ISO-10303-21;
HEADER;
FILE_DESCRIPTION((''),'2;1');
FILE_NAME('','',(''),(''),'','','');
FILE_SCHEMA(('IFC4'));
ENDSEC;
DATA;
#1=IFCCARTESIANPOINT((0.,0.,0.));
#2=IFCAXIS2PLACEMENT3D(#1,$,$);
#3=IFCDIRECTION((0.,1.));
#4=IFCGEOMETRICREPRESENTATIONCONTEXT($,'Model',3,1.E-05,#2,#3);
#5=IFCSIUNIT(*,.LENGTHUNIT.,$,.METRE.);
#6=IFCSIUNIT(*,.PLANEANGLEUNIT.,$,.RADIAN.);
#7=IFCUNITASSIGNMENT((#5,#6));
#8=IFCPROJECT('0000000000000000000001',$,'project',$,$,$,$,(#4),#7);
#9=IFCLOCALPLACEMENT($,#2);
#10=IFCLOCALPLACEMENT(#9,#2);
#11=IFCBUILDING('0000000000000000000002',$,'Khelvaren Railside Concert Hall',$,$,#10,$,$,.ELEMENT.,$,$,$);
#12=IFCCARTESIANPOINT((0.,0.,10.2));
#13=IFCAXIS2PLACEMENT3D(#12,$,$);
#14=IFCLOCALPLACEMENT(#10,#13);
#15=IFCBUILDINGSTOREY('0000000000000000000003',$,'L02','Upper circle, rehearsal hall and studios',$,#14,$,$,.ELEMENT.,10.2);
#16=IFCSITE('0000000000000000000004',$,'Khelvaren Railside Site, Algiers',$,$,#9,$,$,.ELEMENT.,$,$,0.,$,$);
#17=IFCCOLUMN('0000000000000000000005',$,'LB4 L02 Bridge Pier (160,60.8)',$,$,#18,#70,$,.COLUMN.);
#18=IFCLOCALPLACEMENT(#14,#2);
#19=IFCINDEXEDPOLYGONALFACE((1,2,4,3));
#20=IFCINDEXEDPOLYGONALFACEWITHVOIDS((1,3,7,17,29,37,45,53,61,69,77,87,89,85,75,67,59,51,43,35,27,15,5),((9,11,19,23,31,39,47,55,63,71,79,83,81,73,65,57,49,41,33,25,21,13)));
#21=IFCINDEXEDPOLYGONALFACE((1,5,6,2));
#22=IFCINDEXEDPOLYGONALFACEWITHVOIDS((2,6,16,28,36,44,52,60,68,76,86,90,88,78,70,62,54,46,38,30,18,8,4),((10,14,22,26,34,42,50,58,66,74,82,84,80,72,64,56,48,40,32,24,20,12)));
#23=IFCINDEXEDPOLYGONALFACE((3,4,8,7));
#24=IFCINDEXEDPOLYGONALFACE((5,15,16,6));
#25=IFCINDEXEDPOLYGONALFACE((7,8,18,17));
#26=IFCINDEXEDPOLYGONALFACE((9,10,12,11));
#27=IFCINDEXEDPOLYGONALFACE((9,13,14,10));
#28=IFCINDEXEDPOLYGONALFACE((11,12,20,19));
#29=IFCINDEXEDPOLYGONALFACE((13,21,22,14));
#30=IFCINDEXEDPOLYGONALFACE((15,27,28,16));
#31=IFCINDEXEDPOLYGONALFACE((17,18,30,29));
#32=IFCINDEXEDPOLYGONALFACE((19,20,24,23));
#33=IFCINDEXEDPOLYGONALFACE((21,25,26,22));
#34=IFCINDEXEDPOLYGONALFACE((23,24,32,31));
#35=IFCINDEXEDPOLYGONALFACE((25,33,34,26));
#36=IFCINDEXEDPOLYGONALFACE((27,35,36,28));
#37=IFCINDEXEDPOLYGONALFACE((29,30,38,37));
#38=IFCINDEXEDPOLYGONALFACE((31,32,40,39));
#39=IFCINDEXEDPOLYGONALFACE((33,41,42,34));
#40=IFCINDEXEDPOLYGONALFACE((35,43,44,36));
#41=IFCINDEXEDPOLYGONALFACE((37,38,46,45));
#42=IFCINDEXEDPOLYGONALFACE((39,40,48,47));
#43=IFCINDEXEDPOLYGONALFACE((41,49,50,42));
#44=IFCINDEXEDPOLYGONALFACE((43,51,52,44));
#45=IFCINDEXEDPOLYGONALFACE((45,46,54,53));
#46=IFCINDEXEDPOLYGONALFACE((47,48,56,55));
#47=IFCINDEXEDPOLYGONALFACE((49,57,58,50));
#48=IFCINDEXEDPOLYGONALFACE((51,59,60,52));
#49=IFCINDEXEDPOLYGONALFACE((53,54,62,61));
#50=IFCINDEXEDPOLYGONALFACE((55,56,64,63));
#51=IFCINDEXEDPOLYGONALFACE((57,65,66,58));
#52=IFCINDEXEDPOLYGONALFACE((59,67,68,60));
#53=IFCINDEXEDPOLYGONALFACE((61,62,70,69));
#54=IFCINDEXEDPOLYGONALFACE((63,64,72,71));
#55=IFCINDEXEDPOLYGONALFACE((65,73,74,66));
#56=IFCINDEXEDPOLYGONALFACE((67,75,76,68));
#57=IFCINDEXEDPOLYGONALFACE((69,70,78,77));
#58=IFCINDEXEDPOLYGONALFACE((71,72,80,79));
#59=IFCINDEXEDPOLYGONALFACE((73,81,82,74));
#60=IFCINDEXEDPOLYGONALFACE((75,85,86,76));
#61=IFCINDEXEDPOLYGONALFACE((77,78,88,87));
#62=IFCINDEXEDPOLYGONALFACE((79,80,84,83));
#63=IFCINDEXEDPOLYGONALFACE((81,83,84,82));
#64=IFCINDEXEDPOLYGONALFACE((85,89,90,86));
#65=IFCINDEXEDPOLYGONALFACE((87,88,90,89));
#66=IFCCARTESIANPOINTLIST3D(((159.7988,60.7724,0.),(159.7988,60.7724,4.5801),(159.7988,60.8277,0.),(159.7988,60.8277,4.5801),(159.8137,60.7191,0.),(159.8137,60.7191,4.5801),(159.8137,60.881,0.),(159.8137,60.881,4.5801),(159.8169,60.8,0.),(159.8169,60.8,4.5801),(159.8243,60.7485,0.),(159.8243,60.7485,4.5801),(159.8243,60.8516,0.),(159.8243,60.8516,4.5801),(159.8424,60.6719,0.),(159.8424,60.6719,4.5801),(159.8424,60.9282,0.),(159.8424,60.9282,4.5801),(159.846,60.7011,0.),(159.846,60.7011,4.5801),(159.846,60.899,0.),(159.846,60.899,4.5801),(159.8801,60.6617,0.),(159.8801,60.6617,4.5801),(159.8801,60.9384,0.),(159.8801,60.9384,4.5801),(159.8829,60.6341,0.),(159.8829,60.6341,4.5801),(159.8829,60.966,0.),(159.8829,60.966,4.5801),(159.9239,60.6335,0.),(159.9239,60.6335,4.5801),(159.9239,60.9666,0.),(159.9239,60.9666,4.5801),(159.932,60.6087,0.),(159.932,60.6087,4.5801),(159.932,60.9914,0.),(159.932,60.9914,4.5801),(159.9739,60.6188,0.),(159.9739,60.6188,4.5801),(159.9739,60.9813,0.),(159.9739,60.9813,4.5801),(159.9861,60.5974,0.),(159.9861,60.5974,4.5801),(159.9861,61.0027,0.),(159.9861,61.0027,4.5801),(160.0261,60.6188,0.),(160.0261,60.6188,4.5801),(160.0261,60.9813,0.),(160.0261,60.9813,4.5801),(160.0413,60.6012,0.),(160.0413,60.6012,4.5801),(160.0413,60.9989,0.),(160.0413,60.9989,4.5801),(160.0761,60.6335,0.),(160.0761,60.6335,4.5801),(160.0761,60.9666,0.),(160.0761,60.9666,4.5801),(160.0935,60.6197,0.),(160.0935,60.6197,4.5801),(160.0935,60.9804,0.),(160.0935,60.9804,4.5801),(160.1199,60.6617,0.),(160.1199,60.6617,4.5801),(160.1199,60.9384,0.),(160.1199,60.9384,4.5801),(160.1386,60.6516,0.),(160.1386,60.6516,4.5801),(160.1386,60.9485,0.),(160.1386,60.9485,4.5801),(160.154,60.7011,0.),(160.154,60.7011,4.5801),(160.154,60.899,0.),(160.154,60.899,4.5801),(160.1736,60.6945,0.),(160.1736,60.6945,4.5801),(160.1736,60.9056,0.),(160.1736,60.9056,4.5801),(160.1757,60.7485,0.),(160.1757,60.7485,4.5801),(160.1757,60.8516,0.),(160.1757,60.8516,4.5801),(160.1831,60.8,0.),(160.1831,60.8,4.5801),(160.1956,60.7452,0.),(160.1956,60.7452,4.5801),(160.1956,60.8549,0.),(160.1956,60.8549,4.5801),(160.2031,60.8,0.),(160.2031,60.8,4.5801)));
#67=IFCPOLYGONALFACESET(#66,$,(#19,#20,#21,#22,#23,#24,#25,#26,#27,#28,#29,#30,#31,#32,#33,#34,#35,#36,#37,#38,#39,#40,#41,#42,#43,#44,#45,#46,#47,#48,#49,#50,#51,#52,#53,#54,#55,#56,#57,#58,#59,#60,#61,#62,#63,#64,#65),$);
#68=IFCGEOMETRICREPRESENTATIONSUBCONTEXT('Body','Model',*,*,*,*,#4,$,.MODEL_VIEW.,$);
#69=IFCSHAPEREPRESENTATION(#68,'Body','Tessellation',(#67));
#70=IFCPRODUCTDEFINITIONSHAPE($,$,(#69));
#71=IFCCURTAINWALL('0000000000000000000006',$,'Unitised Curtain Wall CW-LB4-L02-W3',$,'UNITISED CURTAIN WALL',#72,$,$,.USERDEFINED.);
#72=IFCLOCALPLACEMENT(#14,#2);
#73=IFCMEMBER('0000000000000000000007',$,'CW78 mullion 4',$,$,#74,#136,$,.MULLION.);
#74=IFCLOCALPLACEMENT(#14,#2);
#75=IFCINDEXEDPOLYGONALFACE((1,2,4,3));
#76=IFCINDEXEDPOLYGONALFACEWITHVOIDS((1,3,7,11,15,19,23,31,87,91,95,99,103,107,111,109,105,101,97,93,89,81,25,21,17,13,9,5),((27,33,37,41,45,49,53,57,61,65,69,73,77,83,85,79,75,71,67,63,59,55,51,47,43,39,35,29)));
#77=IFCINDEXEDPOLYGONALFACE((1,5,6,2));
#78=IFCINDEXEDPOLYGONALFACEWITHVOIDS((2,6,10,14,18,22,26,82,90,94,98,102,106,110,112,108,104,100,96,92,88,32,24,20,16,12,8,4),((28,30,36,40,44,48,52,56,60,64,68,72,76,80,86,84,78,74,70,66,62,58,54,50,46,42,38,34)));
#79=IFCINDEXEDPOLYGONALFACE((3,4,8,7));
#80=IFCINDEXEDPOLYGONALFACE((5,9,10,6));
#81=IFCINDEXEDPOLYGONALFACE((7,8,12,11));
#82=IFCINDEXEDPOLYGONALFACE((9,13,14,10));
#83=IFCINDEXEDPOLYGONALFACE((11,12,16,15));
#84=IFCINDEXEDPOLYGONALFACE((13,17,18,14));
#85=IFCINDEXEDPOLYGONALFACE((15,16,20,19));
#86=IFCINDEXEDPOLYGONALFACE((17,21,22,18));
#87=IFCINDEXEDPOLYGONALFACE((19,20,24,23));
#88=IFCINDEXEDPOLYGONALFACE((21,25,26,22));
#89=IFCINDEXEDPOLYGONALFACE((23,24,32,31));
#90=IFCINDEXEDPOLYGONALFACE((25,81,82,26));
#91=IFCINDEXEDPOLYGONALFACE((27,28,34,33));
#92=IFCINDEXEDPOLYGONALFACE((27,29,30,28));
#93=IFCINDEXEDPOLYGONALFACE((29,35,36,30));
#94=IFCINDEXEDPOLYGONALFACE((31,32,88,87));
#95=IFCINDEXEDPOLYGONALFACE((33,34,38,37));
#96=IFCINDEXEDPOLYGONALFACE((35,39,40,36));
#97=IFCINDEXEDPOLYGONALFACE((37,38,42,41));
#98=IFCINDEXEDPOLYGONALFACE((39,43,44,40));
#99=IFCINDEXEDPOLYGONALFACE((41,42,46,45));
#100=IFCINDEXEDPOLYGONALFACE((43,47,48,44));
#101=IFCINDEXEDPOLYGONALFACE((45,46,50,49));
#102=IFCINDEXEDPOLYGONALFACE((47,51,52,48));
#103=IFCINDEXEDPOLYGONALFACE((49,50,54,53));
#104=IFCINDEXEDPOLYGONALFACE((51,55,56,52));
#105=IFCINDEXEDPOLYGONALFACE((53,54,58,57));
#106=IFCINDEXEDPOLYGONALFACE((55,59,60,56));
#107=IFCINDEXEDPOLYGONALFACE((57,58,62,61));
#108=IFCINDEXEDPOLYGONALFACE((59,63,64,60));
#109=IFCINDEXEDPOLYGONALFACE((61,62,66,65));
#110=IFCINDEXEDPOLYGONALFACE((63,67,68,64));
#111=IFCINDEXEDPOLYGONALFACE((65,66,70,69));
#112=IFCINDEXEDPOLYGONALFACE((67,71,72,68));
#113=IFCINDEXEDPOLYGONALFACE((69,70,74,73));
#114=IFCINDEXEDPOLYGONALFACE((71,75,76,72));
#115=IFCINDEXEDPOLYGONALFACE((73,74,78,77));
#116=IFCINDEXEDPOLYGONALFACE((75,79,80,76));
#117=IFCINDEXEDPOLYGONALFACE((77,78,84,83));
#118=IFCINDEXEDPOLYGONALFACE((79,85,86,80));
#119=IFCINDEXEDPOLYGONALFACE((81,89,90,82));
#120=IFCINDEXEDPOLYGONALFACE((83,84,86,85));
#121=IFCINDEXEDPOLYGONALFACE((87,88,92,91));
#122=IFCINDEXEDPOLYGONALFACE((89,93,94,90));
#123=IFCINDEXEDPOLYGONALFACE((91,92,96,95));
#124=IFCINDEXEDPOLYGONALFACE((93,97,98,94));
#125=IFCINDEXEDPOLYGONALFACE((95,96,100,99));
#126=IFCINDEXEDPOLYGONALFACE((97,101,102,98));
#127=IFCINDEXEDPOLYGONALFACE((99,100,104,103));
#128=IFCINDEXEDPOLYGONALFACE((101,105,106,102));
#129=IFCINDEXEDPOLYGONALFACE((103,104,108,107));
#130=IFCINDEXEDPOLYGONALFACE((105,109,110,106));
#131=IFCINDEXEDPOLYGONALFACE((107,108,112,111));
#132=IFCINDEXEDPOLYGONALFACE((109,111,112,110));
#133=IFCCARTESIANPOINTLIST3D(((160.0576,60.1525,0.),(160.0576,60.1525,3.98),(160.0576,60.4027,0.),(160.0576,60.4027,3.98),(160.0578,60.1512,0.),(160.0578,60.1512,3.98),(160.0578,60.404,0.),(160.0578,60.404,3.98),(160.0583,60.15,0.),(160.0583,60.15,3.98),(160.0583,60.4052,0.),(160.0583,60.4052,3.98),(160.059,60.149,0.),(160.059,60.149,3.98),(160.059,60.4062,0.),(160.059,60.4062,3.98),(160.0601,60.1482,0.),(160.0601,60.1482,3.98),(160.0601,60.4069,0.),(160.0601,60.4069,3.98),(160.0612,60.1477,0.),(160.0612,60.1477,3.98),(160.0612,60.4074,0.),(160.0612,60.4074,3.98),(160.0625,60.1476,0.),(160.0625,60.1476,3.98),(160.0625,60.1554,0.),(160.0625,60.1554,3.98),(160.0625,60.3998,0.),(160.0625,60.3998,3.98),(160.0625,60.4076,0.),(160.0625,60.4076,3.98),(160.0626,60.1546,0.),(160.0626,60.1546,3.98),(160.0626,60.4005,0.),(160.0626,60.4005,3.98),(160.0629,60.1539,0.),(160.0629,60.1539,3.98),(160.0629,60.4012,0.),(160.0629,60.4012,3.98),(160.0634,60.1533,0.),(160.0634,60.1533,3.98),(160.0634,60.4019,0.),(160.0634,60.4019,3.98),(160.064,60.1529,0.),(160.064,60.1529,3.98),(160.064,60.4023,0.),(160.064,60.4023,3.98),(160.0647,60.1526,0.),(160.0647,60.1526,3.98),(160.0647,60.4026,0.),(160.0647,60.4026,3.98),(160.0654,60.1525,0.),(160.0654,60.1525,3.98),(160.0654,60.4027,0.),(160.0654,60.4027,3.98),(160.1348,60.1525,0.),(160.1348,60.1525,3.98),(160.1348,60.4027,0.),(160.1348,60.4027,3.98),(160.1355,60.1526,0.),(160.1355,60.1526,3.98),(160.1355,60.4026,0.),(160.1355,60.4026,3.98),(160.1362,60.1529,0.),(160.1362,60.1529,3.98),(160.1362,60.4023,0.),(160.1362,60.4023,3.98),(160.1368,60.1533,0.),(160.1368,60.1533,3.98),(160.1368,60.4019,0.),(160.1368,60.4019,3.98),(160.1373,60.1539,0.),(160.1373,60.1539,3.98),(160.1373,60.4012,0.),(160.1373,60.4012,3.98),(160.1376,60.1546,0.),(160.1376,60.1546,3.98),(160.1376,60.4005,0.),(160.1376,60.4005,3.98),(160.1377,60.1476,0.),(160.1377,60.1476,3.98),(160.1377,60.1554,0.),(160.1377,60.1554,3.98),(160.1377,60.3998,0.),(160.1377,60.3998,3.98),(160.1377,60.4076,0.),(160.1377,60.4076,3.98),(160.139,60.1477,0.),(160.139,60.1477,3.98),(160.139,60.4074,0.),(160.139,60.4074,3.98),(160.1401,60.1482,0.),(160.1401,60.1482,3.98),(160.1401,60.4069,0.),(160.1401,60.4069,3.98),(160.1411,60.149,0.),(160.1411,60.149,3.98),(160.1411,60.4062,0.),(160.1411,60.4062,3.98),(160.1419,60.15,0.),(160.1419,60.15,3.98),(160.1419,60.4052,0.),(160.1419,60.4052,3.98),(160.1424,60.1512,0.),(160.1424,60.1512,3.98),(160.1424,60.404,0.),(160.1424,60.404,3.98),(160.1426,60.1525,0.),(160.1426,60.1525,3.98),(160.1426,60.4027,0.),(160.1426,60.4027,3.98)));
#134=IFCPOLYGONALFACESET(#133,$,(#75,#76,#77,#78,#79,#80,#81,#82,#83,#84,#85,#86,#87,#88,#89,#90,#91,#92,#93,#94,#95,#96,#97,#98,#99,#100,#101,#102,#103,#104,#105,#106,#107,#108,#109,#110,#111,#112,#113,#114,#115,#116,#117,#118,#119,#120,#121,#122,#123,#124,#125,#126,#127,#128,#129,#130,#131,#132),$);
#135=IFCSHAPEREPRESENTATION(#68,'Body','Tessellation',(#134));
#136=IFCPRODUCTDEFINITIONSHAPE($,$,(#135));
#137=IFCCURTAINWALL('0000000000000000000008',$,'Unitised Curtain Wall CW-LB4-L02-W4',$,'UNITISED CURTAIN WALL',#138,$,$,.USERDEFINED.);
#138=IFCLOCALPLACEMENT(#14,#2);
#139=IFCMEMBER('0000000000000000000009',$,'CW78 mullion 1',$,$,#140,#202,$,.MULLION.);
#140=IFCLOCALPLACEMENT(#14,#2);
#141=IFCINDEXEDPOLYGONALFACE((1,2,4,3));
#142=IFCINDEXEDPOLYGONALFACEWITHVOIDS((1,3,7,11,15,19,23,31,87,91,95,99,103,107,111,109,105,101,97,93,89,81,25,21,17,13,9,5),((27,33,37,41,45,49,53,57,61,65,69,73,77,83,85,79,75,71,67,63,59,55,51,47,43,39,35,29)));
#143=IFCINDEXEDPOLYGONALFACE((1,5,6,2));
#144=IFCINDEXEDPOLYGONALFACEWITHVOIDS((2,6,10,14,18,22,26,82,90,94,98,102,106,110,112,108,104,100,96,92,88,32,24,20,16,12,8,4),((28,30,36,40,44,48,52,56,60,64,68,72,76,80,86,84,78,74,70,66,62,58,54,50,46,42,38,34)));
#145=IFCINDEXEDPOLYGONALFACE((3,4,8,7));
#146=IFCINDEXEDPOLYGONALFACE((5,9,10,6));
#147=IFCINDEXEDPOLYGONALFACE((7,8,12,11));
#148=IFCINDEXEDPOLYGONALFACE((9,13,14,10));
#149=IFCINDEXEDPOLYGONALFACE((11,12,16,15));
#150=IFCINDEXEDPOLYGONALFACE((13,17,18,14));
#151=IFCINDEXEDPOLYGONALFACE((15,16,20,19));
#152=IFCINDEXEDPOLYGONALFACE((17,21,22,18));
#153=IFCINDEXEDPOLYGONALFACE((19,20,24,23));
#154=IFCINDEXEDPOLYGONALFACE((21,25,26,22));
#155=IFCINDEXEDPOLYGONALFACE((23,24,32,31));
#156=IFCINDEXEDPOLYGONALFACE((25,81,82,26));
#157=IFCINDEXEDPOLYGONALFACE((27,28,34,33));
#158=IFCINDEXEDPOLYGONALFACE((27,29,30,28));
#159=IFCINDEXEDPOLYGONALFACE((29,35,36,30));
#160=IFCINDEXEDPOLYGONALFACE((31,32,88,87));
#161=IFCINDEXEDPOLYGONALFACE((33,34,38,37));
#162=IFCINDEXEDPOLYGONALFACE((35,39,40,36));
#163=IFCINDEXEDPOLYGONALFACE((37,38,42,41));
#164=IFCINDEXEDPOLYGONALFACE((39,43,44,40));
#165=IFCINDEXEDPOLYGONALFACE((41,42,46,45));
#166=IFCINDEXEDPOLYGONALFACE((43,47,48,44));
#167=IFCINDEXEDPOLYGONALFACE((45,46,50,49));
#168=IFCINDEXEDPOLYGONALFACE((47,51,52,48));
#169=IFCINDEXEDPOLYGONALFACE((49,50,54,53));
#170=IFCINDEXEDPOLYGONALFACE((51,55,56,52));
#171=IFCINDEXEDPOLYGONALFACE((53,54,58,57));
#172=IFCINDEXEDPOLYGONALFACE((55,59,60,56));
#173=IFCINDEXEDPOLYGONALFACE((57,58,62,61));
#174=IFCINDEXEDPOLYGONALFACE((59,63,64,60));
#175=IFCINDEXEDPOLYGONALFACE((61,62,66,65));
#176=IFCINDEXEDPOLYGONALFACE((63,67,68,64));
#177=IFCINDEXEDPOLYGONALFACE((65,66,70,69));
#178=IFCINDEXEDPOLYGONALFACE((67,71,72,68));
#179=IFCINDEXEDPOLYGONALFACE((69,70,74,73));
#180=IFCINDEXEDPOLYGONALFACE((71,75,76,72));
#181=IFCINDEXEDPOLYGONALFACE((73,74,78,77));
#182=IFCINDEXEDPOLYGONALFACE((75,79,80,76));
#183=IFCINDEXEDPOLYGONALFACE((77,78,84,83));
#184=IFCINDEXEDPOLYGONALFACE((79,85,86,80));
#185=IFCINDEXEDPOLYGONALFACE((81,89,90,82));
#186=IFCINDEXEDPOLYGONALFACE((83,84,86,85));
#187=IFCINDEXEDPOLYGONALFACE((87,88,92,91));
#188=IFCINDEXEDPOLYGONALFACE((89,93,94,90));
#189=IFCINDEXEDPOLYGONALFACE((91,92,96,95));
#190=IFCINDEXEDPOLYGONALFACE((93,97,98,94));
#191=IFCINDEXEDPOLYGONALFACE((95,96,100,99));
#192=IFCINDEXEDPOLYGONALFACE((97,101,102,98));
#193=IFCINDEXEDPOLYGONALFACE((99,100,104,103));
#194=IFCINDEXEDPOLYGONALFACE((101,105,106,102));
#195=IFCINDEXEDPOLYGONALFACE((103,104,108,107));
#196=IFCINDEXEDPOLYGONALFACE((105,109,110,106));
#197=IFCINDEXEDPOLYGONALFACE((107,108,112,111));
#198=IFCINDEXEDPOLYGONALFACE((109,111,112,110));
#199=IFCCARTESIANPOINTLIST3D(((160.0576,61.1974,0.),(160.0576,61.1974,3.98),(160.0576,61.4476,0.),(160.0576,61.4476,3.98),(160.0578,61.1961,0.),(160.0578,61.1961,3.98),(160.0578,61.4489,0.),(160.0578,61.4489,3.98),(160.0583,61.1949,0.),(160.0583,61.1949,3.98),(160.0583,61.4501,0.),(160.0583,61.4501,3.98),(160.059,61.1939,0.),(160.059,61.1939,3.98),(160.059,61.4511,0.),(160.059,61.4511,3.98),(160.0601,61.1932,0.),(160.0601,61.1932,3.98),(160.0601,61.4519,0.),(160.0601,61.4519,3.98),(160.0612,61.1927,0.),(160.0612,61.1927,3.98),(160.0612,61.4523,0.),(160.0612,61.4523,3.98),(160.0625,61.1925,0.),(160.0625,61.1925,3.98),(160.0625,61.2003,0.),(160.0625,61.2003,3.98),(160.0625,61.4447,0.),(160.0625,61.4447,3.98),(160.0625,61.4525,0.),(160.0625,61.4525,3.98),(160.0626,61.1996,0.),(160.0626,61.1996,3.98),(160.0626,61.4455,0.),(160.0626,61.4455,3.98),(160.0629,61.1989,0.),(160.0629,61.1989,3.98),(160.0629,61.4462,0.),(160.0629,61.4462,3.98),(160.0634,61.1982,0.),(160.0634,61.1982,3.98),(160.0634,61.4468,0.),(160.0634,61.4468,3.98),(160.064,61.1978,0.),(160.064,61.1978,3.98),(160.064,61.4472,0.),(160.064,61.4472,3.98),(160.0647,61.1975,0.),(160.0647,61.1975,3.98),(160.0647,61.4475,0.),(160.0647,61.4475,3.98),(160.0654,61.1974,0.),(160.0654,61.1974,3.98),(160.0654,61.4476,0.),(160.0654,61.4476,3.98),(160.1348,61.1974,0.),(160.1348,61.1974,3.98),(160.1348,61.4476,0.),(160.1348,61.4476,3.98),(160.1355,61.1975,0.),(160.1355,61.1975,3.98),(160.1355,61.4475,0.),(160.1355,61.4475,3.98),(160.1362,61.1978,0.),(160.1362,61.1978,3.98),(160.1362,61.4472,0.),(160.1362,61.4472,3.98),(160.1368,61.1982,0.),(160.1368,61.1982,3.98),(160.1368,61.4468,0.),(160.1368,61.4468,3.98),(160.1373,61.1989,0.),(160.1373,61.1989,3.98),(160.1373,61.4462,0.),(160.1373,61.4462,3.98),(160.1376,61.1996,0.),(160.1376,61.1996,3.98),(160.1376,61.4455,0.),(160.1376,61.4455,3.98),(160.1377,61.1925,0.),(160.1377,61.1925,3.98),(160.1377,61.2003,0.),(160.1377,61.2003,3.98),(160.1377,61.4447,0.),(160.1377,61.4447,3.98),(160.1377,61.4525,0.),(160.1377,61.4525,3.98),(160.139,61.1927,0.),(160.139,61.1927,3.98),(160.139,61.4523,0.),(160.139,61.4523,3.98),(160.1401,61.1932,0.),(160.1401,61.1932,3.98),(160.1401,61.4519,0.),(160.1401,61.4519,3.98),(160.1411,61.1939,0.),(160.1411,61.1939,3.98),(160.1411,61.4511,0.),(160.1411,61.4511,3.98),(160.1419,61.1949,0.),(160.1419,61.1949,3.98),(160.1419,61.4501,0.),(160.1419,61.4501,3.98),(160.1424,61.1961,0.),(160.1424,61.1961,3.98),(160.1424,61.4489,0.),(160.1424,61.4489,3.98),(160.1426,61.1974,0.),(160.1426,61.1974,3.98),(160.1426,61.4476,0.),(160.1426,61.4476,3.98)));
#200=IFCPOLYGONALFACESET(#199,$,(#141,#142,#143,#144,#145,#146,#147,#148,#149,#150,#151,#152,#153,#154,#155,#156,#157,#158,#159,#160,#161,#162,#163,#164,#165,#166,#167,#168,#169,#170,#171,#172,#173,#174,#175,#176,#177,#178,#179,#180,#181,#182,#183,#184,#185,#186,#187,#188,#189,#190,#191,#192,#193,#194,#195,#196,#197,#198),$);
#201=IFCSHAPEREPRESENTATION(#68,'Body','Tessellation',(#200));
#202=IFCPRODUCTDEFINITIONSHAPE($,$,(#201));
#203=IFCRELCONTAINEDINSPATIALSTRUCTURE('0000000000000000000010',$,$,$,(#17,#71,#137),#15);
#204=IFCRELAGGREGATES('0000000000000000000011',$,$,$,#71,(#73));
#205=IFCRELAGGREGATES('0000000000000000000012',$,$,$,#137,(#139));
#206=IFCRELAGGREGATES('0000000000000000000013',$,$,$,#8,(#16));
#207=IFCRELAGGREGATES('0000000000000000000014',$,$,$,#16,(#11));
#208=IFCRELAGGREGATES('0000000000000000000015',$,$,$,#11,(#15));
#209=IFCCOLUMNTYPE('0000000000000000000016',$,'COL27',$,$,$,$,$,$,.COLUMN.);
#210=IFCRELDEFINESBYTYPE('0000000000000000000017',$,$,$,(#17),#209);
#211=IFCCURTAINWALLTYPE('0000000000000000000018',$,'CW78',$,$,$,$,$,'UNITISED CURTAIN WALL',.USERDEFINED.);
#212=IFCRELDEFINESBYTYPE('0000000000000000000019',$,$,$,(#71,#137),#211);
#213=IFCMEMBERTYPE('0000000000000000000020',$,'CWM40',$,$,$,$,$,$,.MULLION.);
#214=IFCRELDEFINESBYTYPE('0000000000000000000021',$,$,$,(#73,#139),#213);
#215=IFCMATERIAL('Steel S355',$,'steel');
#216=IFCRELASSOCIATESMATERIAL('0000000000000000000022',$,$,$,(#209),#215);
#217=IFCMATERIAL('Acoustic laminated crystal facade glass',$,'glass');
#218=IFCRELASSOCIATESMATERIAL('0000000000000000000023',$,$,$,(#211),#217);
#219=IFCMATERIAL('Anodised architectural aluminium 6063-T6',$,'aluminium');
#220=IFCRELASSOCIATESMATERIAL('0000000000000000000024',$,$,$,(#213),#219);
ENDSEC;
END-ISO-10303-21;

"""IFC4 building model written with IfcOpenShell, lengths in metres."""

from ifc_helpers import new_model, si_unit, direction, frame, origin, origin_2d, place, context, subcontext, project, spatial, hollow_rectangle, hollow_circle, extrude, material, material_profile, profile_set, type_object, element, aggregate, save


model = new_model("IFC4")

# Units and contexts
model_context = context("Model", 3, precision=1e-05, world=origin(), true_north=direction((0.0, 1.0)))
body_context = subcontext(model_context, "Body", "Model", "MODEL_VIEW")
ifc_project = project(units=[si_unit("LENGTHUNIT", "METRE"), si_unit("PLANEANGLEUNIT", "RADIAN")], contexts=[model_context])

# Site, building, storey
site_placement = place(None, origin())
site = spatial("IfcSite", under=ifc_project, at=site_placement, Name="Khelvaren Railside Site, Algiers", CompositionType="ELEMENT", RefElevation=0.0)
building_placement = place(site_placement, origin())
building = spatial("IfcBuilding", under=site, at=building_placement, Name="Khelvaren Railside Concert Hall", CompositionType="ELEMENT")
storey_placement = place(building_placement, frame((0.0, 0.0, 10.2)))
storey = spatial("IfcBuildingStorey", under=building, at=storey_placement, Name="L02", Description="Upper circle, rehearsal hall and studios", CompositionType="ELEMENT", Elevation=10.2)

# Column
ifc_material_1 = material(Name="Steel S355", Category="steel")
ifc_material_profile_1 = material_profile(ifc_material_1, hollow_circle(Radius=0.2031, WallThickness=0.02, at=origin_2d()), Name="CHS 406.4x20")
ifc_profile_set_1 = profile_set([ifc_material_profile_1], Name="Steel S355")
column_type = type_object("IfcColumnType", Name="COL27", PredefinedType="COLUMN", material=ifc_profile_set_1)
column_placement = place(storey_placement, frame((160.0, 60.8, 0.0), z_axis=(0.0, 0.0, 1.0), x_axis=(1.0, 0.0, 0.0)))
element("IfcColumn", 1, at=column_placement, inside=storey, type_object=column_type, Name="LB4 L02 Bridge Pier (160,60.8)", PredefinedType="COLUMN", context=body_context, shape_type="SweptSolid", body=[
    extrude(hollow_circle(Radius=0.2031, WallThickness=0.02, at=origin_2d()), origin(), (0.0, 0.0, 1.0), 4.5801),
])

# Curtain wall, member
ifc_material_2 = material(Name="Acoustic laminated crystal facade glass", Category="glass")
curtain_wall_type = type_object("IfcCurtainWallType", Name="CW78", ElementType="UNITISED CURTAIN WALL", PredefinedType="USERDEFINED", material=ifc_material_2)
curtain_wall_1_placement = place(storey_placement, origin())
curtain_wall_1 = element("IfcCurtainWall", 2, at=curtain_wall_1_placement, inside=storey, type_object=curtain_wall_type, Name="Unitised Curtain Wall CW-LB4-L02-W3", ObjectType="UNITISED CURTAIN WALL", PredefinedType="USERDEFINED")
ifc_material_3 = material(Name="Anodised architectural aluminium 6063-T6", Category="aluminium")
ifc_material_profile_2 = material_profile(ifc_material_3, hollow_rectangle(XDim=0.085, YDim=0.26, WallThickness=0.0049, InnerFilletRadius=0.0029, OuterFilletRadius=0.0049, at=origin_2d()), Name="CWM 85x260x5")
ifc_profile_set_2 = profile_set([ifc_material_profile_2], Name="Anodised architectural aluminium 6063-T6")
member_type_1 = type_object("IfcMemberType", Name="CWM40", PredefinedType="MULLION", material=ifc_profile_set_2)
member_1_placement = place(storey_placement, frame((160.1001, 60.2776, 0.0), z_axis=(0.0, 0.0, 1.0), x_axis=(-1.0, 0.0, 0.0)))
member_1 = element("IfcMember", 3, at=member_1_placement, type_object=member_type_1, Name="CW78 mullion 4", PredefinedType="MULLION", context=body_context, shape_type="SweptSolid", body=[
    extrude(hollow_rectangle(XDim=0.085, YDim=0.26, WallThickness=0.0049, InnerFilletRadius=0.0029, OuterFilletRadius=0.0049, at=origin_2d()), origin(), (0.0, 0.0, 1.0), 3.98),
])

# Curtain wall, member
curtain_wall_2_placement = place(storey_placement, origin())
curtain_wall_2 = element("IfcCurtainWall", 4, at=curtain_wall_2_placement, inside=storey, type_object=curtain_wall_type, Name="Unitised Curtain Wall CW-LB4-L02-W4", ObjectType="UNITISED CURTAIN WALL", PredefinedType="USERDEFINED")
member_2_placement = place(storey_placement, frame((160.1001, 61.3225, 0.0), z_axis=(0.0, 0.0, 1.0), x_axis=(-1.0, 0.0, 0.0)))
member_2 = element("IfcMember", 5, at=member_2_placement, type_object=member_type_1, Name="CW78 mullion 1", PredefinedType="MULLION", context=body_context, shape_type="SweptSolid", body=[
    extrude(hollow_rectangle(XDim=0.085, YDim=0.26, WallThickness=0.0049, InnerFilletRadius=0.0029, OuterFilletRadius=0.0049, at=origin_2d()), origin(), (0.0, 0.0, 1.0), 3.98),
])

aggregate(curtain_wall_1, [member_1])
aggregate(curtain_wall_2, [member_2])

save(model, "model.ifc")
